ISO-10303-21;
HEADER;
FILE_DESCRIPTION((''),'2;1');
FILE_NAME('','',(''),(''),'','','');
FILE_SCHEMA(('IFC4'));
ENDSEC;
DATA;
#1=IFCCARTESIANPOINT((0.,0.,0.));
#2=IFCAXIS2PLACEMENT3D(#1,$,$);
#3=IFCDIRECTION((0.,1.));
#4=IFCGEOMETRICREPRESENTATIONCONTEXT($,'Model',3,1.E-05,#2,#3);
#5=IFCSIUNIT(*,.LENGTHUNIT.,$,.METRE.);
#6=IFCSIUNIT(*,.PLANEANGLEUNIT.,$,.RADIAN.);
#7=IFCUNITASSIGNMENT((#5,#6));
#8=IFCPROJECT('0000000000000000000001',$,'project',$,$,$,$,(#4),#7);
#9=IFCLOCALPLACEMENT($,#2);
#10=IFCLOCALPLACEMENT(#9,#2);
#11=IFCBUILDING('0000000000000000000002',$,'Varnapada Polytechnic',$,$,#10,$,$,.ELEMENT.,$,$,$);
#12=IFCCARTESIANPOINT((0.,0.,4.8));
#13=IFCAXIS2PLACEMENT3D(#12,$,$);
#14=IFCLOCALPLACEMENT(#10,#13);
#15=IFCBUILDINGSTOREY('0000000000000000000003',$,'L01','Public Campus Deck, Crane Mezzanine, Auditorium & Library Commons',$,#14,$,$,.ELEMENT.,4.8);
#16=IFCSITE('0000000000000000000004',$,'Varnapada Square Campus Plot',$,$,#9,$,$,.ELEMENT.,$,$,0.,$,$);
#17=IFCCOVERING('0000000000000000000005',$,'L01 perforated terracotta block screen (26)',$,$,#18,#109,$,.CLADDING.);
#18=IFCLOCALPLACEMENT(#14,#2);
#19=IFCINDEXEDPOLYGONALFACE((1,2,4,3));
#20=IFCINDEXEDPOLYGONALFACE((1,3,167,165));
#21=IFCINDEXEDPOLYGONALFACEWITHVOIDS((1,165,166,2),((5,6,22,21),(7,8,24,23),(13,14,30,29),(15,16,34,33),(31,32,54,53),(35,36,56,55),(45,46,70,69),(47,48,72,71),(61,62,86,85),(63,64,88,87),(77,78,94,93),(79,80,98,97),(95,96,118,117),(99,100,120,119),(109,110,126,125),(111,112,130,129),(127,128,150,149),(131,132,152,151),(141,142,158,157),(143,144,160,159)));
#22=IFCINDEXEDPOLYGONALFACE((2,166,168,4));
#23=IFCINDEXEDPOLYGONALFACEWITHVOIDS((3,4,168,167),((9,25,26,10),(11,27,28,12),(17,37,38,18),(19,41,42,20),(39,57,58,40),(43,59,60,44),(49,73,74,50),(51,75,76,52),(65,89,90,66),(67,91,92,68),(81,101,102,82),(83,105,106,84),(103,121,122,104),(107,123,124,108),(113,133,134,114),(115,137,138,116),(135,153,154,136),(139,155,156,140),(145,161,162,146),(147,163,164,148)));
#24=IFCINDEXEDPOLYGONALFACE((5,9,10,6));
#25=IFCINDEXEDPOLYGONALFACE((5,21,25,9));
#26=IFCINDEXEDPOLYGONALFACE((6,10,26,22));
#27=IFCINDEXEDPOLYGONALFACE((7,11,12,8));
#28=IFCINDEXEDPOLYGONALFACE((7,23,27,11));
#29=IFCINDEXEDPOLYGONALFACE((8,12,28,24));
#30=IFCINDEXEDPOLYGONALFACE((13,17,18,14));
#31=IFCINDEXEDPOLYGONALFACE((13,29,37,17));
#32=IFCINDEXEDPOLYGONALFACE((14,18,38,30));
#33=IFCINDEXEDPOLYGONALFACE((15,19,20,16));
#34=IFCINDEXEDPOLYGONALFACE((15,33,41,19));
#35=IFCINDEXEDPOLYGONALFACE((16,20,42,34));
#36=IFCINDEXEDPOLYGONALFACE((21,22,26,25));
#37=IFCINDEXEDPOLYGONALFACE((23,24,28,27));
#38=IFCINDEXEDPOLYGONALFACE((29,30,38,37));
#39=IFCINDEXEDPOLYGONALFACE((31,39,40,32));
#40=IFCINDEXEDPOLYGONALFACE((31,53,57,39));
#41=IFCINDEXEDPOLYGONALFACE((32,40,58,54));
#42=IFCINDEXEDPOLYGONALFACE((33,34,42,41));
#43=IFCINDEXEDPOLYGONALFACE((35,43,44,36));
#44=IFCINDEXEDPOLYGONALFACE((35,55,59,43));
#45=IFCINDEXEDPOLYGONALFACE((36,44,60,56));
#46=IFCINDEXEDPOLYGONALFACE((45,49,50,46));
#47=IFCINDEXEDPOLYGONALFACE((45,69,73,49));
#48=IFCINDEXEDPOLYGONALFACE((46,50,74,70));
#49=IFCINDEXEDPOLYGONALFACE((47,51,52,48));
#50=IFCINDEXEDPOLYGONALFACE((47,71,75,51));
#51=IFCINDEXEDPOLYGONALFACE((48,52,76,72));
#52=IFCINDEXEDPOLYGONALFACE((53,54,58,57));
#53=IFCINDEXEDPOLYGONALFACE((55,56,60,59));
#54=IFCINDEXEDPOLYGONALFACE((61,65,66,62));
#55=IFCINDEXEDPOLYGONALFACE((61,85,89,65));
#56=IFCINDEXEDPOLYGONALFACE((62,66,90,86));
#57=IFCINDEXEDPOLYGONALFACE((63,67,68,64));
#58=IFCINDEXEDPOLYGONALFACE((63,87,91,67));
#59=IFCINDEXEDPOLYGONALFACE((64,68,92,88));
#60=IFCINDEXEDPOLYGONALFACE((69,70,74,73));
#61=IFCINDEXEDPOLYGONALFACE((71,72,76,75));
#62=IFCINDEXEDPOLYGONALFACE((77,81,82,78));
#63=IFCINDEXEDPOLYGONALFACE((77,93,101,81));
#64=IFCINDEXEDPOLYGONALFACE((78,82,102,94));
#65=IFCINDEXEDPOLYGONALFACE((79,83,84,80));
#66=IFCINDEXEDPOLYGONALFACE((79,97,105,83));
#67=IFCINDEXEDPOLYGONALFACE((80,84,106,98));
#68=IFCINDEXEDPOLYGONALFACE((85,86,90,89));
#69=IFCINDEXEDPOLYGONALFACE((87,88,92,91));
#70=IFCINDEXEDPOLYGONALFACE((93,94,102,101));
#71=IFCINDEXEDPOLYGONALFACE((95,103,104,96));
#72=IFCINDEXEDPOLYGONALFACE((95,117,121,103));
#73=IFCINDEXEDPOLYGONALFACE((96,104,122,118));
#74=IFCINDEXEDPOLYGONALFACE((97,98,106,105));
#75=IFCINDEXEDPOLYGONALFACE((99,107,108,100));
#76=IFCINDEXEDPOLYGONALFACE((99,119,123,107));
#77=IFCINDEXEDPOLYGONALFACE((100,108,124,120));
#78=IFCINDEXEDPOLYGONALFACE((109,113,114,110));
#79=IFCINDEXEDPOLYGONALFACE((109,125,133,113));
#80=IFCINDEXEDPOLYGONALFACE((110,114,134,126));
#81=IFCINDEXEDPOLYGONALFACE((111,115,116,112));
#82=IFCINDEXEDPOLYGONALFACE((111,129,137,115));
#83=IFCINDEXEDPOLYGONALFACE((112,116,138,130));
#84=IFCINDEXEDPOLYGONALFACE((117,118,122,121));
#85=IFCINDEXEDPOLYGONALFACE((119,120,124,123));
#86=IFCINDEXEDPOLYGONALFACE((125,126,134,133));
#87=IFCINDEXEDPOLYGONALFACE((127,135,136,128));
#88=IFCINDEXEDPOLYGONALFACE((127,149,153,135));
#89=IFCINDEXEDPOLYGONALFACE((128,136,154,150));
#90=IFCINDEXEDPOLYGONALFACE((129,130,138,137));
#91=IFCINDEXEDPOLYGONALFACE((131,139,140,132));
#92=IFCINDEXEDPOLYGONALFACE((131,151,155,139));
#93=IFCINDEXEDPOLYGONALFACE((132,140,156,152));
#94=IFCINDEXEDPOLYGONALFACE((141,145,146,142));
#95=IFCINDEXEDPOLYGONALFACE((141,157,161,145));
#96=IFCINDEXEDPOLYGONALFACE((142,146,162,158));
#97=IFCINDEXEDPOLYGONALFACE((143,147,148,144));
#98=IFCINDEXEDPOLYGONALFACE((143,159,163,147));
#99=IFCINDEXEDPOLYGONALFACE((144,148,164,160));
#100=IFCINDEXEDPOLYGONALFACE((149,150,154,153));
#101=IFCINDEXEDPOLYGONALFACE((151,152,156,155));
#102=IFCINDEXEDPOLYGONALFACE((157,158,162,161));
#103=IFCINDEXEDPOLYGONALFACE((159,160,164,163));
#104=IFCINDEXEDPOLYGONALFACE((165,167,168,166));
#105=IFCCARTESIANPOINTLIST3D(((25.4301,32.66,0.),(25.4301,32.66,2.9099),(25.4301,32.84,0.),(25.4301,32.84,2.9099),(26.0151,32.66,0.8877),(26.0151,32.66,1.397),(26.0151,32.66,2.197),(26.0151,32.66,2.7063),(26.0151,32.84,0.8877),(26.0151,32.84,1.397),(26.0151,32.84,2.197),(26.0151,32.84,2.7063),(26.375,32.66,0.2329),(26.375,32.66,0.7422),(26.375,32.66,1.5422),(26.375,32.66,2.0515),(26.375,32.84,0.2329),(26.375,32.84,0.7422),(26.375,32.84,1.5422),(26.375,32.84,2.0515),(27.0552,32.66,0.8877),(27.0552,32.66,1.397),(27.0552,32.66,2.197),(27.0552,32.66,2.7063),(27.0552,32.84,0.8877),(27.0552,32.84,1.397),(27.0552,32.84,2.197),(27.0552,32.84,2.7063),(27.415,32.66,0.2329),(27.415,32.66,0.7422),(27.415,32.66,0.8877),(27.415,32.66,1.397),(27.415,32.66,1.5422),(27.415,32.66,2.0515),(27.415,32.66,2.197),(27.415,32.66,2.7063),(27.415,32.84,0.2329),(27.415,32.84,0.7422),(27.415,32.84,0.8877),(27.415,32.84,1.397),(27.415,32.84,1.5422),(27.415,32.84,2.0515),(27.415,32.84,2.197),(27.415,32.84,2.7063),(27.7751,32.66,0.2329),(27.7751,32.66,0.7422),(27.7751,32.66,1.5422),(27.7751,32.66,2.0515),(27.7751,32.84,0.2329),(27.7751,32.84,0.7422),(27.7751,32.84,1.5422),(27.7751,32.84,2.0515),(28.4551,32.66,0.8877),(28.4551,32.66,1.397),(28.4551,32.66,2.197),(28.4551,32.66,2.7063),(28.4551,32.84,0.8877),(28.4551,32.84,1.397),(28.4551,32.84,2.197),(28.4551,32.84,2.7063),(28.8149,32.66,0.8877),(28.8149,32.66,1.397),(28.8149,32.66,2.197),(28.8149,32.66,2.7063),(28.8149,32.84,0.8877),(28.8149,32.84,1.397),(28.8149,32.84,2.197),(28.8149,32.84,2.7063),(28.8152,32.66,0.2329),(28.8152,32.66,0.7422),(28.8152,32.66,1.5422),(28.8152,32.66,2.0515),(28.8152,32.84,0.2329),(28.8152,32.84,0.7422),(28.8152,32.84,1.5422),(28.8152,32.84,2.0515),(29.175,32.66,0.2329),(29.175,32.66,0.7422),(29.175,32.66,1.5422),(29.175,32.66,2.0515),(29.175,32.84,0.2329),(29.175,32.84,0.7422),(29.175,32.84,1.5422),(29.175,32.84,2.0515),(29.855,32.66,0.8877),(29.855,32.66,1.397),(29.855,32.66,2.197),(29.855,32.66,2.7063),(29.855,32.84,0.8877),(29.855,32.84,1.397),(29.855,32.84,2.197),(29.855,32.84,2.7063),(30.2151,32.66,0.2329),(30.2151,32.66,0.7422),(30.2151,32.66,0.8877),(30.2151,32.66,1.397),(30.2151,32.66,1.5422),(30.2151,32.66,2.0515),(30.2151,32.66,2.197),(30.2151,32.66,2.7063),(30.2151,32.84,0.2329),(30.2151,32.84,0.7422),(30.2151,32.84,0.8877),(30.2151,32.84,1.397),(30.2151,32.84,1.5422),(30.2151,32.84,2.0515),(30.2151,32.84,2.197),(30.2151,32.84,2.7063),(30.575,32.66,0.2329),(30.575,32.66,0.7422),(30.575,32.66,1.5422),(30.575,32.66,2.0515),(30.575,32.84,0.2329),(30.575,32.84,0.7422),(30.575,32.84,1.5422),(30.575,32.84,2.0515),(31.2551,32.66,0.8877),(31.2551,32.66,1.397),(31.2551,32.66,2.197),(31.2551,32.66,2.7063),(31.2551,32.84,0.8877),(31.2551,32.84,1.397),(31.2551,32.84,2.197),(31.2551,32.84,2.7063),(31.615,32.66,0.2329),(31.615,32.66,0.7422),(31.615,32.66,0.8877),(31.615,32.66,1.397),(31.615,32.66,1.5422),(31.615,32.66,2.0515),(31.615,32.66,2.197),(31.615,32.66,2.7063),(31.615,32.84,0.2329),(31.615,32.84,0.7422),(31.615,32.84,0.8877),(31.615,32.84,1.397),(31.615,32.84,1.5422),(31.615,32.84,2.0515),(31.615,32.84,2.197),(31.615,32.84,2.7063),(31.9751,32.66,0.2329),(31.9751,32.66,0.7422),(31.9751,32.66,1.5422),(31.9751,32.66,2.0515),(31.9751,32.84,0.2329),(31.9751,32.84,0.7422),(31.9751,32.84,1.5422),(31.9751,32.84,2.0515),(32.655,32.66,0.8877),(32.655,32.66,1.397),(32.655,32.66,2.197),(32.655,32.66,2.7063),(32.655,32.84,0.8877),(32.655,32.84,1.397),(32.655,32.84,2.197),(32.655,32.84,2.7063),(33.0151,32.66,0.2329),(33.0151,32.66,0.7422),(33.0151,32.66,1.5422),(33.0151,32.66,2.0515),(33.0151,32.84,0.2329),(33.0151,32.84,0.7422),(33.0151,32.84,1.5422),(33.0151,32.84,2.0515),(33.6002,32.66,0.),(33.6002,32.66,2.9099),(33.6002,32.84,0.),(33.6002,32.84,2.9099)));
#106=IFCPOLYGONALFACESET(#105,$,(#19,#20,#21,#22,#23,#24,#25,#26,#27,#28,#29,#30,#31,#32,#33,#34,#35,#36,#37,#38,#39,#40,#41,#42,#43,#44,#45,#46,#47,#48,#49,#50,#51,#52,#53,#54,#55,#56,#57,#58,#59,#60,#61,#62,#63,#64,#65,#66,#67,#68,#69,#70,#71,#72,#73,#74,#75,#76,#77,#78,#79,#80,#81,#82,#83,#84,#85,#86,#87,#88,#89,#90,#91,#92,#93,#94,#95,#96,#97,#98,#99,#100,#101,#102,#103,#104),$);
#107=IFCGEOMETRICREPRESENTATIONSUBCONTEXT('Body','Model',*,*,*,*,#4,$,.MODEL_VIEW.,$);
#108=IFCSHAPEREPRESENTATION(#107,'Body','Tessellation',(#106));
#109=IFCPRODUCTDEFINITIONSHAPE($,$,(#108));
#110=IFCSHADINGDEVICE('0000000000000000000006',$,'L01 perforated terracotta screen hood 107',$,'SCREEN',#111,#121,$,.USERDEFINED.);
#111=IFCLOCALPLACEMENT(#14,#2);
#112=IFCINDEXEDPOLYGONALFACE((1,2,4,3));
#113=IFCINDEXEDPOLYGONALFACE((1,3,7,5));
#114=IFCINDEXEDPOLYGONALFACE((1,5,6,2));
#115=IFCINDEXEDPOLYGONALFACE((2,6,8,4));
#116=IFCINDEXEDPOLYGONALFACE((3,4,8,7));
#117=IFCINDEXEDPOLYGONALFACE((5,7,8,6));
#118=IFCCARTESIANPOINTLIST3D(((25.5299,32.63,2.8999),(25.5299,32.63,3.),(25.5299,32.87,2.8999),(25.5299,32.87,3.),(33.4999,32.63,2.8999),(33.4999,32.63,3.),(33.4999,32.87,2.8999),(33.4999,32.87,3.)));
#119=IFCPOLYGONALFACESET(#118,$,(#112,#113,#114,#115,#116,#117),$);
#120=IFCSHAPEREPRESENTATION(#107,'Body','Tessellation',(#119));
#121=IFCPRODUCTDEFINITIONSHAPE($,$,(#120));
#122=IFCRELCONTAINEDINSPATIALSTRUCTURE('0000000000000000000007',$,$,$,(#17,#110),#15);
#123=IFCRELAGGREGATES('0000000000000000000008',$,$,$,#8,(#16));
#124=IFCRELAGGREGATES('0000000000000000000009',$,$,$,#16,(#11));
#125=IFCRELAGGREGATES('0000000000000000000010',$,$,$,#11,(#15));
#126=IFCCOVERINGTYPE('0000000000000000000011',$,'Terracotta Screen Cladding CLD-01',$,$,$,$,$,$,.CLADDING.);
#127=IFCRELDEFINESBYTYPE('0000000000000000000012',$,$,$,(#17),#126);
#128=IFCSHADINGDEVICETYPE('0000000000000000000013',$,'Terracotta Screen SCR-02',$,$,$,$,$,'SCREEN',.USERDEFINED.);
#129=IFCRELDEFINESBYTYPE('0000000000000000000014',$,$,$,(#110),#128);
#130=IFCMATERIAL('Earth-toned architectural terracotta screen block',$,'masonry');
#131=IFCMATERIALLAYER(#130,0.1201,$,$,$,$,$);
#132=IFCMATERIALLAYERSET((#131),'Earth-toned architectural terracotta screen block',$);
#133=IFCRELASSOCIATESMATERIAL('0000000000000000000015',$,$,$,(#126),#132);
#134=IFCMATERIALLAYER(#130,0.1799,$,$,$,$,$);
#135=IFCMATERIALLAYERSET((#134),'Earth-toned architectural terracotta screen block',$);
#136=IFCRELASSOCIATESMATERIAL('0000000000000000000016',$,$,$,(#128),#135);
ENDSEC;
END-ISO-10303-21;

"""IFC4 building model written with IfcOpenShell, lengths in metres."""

from ifc_helpers import new_model, si_unit, direction, frame, frame_2d, origin, origin_2d, place, context, subcontext, project, spatial, rectangle, extrude, material, layer, layer_set, type_object, element, save


model = new_model("IFC4")

# Units and contexts
model_context = context("Model", 3, precision=1e-05, world=origin(), true_north=direction((0.0, 1.0)))
body_context = subcontext(model_context, "Body", "Model", "MODEL_VIEW")
ifc_project = project(units=[si_unit("LENGTHUNIT", "METRE"), si_unit("PLANEANGLEUNIT", "RADIAN")], contexts=[model_context])

# Site, building, storey
site_placement = place(None, origin())
site = spatial("IfcSite", under=ifc_project, at=site_placement, Name="Varnapada Square Campus Plot", CompositionType="ELEMENT", RefElevation=0.0)
building_placement = place(site_placement, origin())
building = spatial("IfcBuilding", under=site, at=building_placement, Name="Varnapada Polytechnic", CompositionType="ELEMENT")
storey_placement = place(building_placement, frame((0.0, 0.0, 4.8)))
storey = spatial("IfcBuildingStorey", under=building, at=storey_placement, Name="L01", Description="Public Campus Deck, Crane Mezzanine, Auditorium & Library Commons", CompositionType="ELEMENT", Elevation=4.8)

# Covering, openings
ifc_material_1 = material(Name="Earth-toned architectural terracotta screen block", Category="masonry")
ifc_layer_1 = layer(ifc_material_1, 0.1201)
ifc_layer_set_1 = layer_set([ifc_layer_1], Name="Earth-toned architectural terracotta screen block")
covering_type_1 = type_object("IfcCoveringType", Name="Terracotta Screen Cladding CLD-01", PredefinedType="CLADDING", material=ifc_layer_set_1)
covering_1_placement = place(storey_placement, frame((33.6001, 32.75, 0.0), z_axis=(0.0, 0.0, 1.0), x_axis=(-1.0, 0.0, 0.0)))
covering_1 = element("IfcCovering", 1, at=covering_1_placement, inside=storey, type_object=covering_type_1, Name="L01 perforated terracotta block screen (26)", PredefinedType="CLADDING", context=body_context, shape_type="SweptSolid", body=[
    extrude(rectangle(XDim=8.1702, YDim=0.1799, at=frame_2d((4.085, 0.0))), origin(), (0.0, 0.0, 1.0), 2.9099),
])
opening_1_placement = place(covering_1_placement, frame((0.585, 0.0, 0.2329)))
element("IfcOpeningElement", 2, at=opening_1_placement, cuts=covering_1, PredefinedType="OPENING", context=body_context, shape_type="SweptSolid", body=[
    extrude(rectangle(XDim=1.04, YDim=0.5093, at=frame_2d((0.52, 0.2546))), frame((0.0, 0.0999, 0.0), z_axis=(0.0, -1.0, 0.0), x_axis=(1.0, 0.0, 0.0)), (0.0, 0.0, 1.0), 0.2),
])
opening_2_placement = place(covering_1_placement, frame((1.9851, 0.0, 0.2329)))
element("IfcOpeningElement", 3, at=opening_2_placement, cuts=covering_1, PredefinedType="OPENING", context=body_context, shape_type="SweptSolid", body=[
    extrude(rectangle(XDim=1.04, YDim=0.5093, at=frame_2d((0.52, 0.2546))), frame((0.0, 0.0999, 0.0), z_axis=(0.0, -1.0, 0.0), x_axis=(1.0, 0.0, 0.0)), (0.0, 0.0, 1.0), 0.2),
])
opening_3_placement = place(covering_1_placement, frame((3.385, 0.0, 0.2329)))
element("IfcOpeningElement", 4, at=opening_3_placement, cuts=covering_1, PredefinedType="OPENING", context=body_context, shape_type="SweptSolid", body=[
    extrude(rectangle(XDim=1.04, YDim=0.5093, at=frame_2d((0.52, 0.2546))), frame((0.0, 0.0999, 0.0), z_axis=(0.0, -1.0, 0.0), x_axis=(1.0, 0.0, 0.0)), (0.0, 0.0, 1.0), 0.2),
])
opening_4_placement = place(covering_1_placement, frame((4.7849, 0.0, 0.2329)))
element("IfcOpeningElement", 5, at=opening_4_placement, cuts=covering_1, PredefinedType="OPENING", context=body_context, shape_type="SweptSolid", body=[
    extrude(rectangle(XDim=1.04, YDim=0.5093, at=frame_2d((0.52, 0.2546))), frame((0.0, 0.0999, 0.0), z_axis=(0.0, -1.0, 0.0), x_axis=(1.0, 0.0, 0.0)), (0.0, 0.0, 1.0), 0.2),
])
opening_5_placement = place(covering_1_placement, frame((6.1851, 0.0, 0.2329)))
element("IfcOpeningElement", 6, at=opening_5_placement, cuts=covering_1, PredefinedType="OPENING", context=body_context, shape_type="SweptSolid", body=[
    extrude(rectangle(XDim=1.04, YDim=0.5093, at=frame_2d((0.52, 0.2546))), frame((0.0, 0.0999, 0.0), z_axis=(0.0, -1.0, 0.0), x_axis=(1.0, 0.0, 0.0)), (0.0, 0.0, 1.0), 0.2),
])
opening_6_placement = place(covering_1_placement, frame((0.9451, 0.0, 0.8877)))
element("IfcOpeningElement", 7, at=opening_6_placement, cuts=covering_1, PredefinedType="OPENING", context=body_context, shape_type="SweptSolid", body=[
    extrude(rectangle(XDim=1.04, YDim=0.5093, at=frame_2d((0.52, 0.2546))), frame((0.0, 0.0999, 0.0), z_axis=(0.0, -1.0, 0.0), x_axis=(1.0, 0.0, 0.0)), (0.0, 0.0, 1.0), 0.2),
])
opening_7_placement = place(covering_1_placement, frame((2.345, 0.0, 0.8877)))
element("IfcOpeningElement", 8, at=opening_7_placement, cuts=covering_1, PredefinedType="OPENING", context=body_context, shape_type="SweptSolid", body=[
    extrude(rectangle(XDim=1.04, YDim=0.5093, at=frame_2d((0.52, 0.2546))), frame((0.0, 0.0999, 0.0), z_axis=(0.0, -1.0, 0.0), x_axis=(1.0, 0.0, 0.0)), (0.0, 0.0, 1.0), 0.2),
])
opening_8_placement = place(covering_1_placement, frame((3.7451, 0.0, 0.8877)))
element("IfcOpeningElement", 9, at=opening_8_placement, cuts=covering_1, PredefinedType="OPENING", context=body_context, shape_type="SweptSolid", body=[
    extrude(rectangle(XDim=1.04, YDim=0.5093, at=frame_2d((0.52, 0.2546))), frame((0.0, 0.0999, 0.0), z_axis=(0.0, -1.0, 0.0), x_axis=(1.0, 0.0, 0.0)), (0.0, 0.0, 1.0), 0.2),
])
opening_9_placement = place(covering_1_placement, frame((5.145, 0.0, 0.8877)))
element("IfcOpeningElement", 10, at=opening_9_placement, cuts=covering_1, PredefinedType="OPENING", context=body_context, shape_type="SweptSolid", body=[
    extrude(rectangle(XDim=1.04, YDim=0.5093, at=frame_2d((0.52, 0.2546))), frame((0.0, 0.0999, 0.0), z_axis=(0.0, -1.0, 0.0), x_axis=(1.0, 0.0, 0.0)), (0.0, 0.0, 1.0), 0.2),
])
opening_10_placement = place(covering_1_placement, frame((6.5449, 0.0, 0.8877)))
element("IfcOpeningElement", 11, at=opening_10_placement, cuts=covering_1, PredefinedType="OPENING", context=body_context, shape_type="SweptSolid", body=[
    extrude(rectangle(XDim=1.04, YDim=0.5093, at=frame_2d((0.52, 0.2546))), frame((0.0, 0.0999, 0.0), z_axis=(0.0, -1.0, 0.0), x_axis=(1.0, 0.0, 0.0)), (0.0, 0.0, 1.0), 0.2),
])
opening_11_placement = place(covering_1_placement, frame((0.585, 0.0, 1.5422)))
element("IfcOpeningElement", 12, at=opening_11_placement, cuts=covering_1, PredefinedType="OPENING", context=body_context, shape_type="SweptSolid", body=[
    extrude(rectangle(XDim=1.04, YDim=0.5093, at=frame_2d((0.52, 0.2546))), frame((0.0, 0.0999, 0.0), z_axis=(0.0, -1.0, 0.0), x_axis=(1.0, 0.0, 0.0)), (0.0, 0.0, 1.0), 0.2),
])
opening_12_placement = place(covering_1_placement, frame((1.9851, 0.0, 1.5422)))
element("IfcOpeningElement", 13, at=opening_12_placement, cuts=covering_1, PredefinedType="OPENING", context=body_context, shape_type="SweptSolid", body=[
    extrude(rectangle(XDim=1.04, YDim=0.5093, at=frame_2d((0.52, 0.2546))), frame((0.0, 0.0999, 0.0), z_axis=(0.0, -1.0, 0.0), x_axis=(1.0, 0.0, 0.0)), (0.0, 0.0, 1.0), 0.2),
])
opening_13_placement = place(covering_1_placement, frame((3.385, 0.0, 1.5422)))
element("IfcOpeningElement", 14, at=opening_13_placement, cuts=covering_1, PredefinedType="OPENING", context=body_context, shape_type="SweptSolid", body=[
    extrude(rectangle(XDim=1.04, YDim=0.5093, at=frame_2d((0.52, 0.2546))), frame((0.0, 0.0999, 0.0), z_axis=(0.0, -1.0, 0.0), x_axis=(1.0, 0.0, 0.0)), (0.0, 0.0, 1.0), 0.2),
])
opening_14_placement = place(covering_1_placement, frame((4.7849, 0.0, 1.5422)))
element("IfcOpeningElement", 15, at=opening_14_placement, cuts=covering_1, PredefinedType="OPENING", context=body_context, shape_type="SweptSolid", body=[
    extrude(rectangle(XDim=1.04, YDim=0.5093, at=frame_2d((0.52, 0.2546))), frame((0.0, 0.0999, 0.0), z_axis=(0.0, -1.0, 0.0), x_axis=(1.0, 0.0, 0.0)), (0.0, 0.0, 1.0), 0.2),
])
opening_15_placement = place(covering_1_placement, frame((6.1851, 0.0, 1.5422)))
element("IfcOpeningElement", 16, at=opening_15_placement, cuts=covering_1, PredefinedType="OPENING", context=body_context, shape_type="SweptSolid", body=[
    extrude(rectangle(XDim=1.04, YDim=0.5093, at=frame_2d((0.52, 0.2546))), frame((0.0, 0.0999, 0.0), z_axis=(0.0, -1.0, 0.0), x_axis=(1.0, 0.0, 0.0)), (0.0, 0.0, 1.0), 0.2),
])
opening_16_placement = place(covering_1_placement, frame((0.9451, 0.0, 2.197)))
element("IfcOpeningElement", 17, at=opening_16_placement, cuts=covering_1, PredefinedType="OPENING", context=body_context, shape_type="SweptSolid", body=[
    extrude(rectangle(XDim=1.04, YDim=0.5093, at=frame_2d((0.52, 0.2546))), frame((0.0, 0.0999, 0.0), z_axis=(0.0, -1.0, 0.0), x_axis=(1.0, 0.0, 0.0)), (0.0, 0.0, 1.0), 0.2),
])
opening_17_placement = place(covering_1_placement, frame((2.345, 0.0, 2.197)))
element("IfcOpeningElement", 18, at=opening_17_placement, cuts=covering_1, PredefinedType="OPENING", context=body_context, shape_type="SweptSolid", body=[
    extrude(rectangle(XDim=1.04, YDim=0.5093, at=frame_2d((0.52, 0.2546))), frame((0.0, 0.0999, 0.0), z_axis=(0.0, -1.0, 0.0), x_axis=(1.0, 0.0, 0.0)), (0.0, 0.0, 1.0), 0.2),
])
opening_18_placement = place(covering_1_placement, frame((3.7451, 0.0, 2.197)))
element("IfcOpeningElement", 19, at=opening_18_placement, cuts=covering_1, PredefinedType="OPENING", context=body_context, shape_type="SweptSolid", body=[
    extrude(rectangle(XDim=1.04, YDim=0.5093, at=frame_2d((0.52, 0.2546))), frame((0.0, 0.0999, 0.0), z_axis=(0.0, -1.0, 0.0), x_axis=(1.0, 0.0, 0.0)), (0.0, 0.0, 1.0), 0.2),
])
opening_19_placement = place(covering_1_placement, frame((5.145, 0.0, 2.197)))
element("IfcOpeningElement", 20, at=opening_19_placement, cuts=covering_1, PredefinedType="OPENING", context=body_context, shape_type="SweptSolid", body=[
    extrude(rectangle(XDim=1.04, YDim=0.5093, at=frame_2d((0.52, 0.2546))), frame((0.0, 0.0999, 0.0), z_axis=(0.0, -1.0, 0.0), x_axis=(1.0, 0.0, 0.0)), (0.0, 0.0, 1.0), 0.2),
])
opening_20_placement = place(covering_1_placement, frame((6.5449, 0.0, 2.197)))
element("IfcOpeningElement", 21, at=opening_20_placement, cuts=covering_1, PredefinedType="OPENING", context=body_context, shape_type="SweptSolid", body=[
    extrude(rectangle(XDim=1.04, YDim=0.5093, at=frame_2d((0.52, 0.2546))), frame((0.0, 0.0999, 0.0), z_axis=(0.0, -1.0, 0.0), x_axis=(1.0, 0.0, 0.0)), (0.0, 0.0, 1.0), 0.2),
])

# Shading device
ifc_layer_2 = layer(ifc_material_1, 0.1799)
ifc_layer_set_2 = layer_set([ifc_layer_2], Name="Earth-toned architectural terracotta screen block")
shading_device_type = type_object("IfcShadingDeviceType", Name="Terracotta Screen SCR-02", ElementType="SCREEN", PredefinedType="USERDEFINED", material=ifc_layer_set_2)
shading_device_placement = place(storey_placement, frame((29.5149, 32.75, 2.8999), z_axis=(0.0, 0.0, 1.0), x_axis=(-1.0, 0.0, 0.0)))
element("IfcShadingDevice", 22, at=shading_device_placement, inside=storey, type_object=shading_device_type, Name="L01 perforated terracotta screen hood 107", ObjectType="SCREEN", PredefinedType="USERDEFINED", context=body_context, shape_type="SweptSolid", body=[
    extrude(rectangle(XDim=7.97, YDim=0.24, at=origin_2d()), origin(), (0.0, 0.0, 1.0), 0.1001),
])

save(model, "model.ifc")
